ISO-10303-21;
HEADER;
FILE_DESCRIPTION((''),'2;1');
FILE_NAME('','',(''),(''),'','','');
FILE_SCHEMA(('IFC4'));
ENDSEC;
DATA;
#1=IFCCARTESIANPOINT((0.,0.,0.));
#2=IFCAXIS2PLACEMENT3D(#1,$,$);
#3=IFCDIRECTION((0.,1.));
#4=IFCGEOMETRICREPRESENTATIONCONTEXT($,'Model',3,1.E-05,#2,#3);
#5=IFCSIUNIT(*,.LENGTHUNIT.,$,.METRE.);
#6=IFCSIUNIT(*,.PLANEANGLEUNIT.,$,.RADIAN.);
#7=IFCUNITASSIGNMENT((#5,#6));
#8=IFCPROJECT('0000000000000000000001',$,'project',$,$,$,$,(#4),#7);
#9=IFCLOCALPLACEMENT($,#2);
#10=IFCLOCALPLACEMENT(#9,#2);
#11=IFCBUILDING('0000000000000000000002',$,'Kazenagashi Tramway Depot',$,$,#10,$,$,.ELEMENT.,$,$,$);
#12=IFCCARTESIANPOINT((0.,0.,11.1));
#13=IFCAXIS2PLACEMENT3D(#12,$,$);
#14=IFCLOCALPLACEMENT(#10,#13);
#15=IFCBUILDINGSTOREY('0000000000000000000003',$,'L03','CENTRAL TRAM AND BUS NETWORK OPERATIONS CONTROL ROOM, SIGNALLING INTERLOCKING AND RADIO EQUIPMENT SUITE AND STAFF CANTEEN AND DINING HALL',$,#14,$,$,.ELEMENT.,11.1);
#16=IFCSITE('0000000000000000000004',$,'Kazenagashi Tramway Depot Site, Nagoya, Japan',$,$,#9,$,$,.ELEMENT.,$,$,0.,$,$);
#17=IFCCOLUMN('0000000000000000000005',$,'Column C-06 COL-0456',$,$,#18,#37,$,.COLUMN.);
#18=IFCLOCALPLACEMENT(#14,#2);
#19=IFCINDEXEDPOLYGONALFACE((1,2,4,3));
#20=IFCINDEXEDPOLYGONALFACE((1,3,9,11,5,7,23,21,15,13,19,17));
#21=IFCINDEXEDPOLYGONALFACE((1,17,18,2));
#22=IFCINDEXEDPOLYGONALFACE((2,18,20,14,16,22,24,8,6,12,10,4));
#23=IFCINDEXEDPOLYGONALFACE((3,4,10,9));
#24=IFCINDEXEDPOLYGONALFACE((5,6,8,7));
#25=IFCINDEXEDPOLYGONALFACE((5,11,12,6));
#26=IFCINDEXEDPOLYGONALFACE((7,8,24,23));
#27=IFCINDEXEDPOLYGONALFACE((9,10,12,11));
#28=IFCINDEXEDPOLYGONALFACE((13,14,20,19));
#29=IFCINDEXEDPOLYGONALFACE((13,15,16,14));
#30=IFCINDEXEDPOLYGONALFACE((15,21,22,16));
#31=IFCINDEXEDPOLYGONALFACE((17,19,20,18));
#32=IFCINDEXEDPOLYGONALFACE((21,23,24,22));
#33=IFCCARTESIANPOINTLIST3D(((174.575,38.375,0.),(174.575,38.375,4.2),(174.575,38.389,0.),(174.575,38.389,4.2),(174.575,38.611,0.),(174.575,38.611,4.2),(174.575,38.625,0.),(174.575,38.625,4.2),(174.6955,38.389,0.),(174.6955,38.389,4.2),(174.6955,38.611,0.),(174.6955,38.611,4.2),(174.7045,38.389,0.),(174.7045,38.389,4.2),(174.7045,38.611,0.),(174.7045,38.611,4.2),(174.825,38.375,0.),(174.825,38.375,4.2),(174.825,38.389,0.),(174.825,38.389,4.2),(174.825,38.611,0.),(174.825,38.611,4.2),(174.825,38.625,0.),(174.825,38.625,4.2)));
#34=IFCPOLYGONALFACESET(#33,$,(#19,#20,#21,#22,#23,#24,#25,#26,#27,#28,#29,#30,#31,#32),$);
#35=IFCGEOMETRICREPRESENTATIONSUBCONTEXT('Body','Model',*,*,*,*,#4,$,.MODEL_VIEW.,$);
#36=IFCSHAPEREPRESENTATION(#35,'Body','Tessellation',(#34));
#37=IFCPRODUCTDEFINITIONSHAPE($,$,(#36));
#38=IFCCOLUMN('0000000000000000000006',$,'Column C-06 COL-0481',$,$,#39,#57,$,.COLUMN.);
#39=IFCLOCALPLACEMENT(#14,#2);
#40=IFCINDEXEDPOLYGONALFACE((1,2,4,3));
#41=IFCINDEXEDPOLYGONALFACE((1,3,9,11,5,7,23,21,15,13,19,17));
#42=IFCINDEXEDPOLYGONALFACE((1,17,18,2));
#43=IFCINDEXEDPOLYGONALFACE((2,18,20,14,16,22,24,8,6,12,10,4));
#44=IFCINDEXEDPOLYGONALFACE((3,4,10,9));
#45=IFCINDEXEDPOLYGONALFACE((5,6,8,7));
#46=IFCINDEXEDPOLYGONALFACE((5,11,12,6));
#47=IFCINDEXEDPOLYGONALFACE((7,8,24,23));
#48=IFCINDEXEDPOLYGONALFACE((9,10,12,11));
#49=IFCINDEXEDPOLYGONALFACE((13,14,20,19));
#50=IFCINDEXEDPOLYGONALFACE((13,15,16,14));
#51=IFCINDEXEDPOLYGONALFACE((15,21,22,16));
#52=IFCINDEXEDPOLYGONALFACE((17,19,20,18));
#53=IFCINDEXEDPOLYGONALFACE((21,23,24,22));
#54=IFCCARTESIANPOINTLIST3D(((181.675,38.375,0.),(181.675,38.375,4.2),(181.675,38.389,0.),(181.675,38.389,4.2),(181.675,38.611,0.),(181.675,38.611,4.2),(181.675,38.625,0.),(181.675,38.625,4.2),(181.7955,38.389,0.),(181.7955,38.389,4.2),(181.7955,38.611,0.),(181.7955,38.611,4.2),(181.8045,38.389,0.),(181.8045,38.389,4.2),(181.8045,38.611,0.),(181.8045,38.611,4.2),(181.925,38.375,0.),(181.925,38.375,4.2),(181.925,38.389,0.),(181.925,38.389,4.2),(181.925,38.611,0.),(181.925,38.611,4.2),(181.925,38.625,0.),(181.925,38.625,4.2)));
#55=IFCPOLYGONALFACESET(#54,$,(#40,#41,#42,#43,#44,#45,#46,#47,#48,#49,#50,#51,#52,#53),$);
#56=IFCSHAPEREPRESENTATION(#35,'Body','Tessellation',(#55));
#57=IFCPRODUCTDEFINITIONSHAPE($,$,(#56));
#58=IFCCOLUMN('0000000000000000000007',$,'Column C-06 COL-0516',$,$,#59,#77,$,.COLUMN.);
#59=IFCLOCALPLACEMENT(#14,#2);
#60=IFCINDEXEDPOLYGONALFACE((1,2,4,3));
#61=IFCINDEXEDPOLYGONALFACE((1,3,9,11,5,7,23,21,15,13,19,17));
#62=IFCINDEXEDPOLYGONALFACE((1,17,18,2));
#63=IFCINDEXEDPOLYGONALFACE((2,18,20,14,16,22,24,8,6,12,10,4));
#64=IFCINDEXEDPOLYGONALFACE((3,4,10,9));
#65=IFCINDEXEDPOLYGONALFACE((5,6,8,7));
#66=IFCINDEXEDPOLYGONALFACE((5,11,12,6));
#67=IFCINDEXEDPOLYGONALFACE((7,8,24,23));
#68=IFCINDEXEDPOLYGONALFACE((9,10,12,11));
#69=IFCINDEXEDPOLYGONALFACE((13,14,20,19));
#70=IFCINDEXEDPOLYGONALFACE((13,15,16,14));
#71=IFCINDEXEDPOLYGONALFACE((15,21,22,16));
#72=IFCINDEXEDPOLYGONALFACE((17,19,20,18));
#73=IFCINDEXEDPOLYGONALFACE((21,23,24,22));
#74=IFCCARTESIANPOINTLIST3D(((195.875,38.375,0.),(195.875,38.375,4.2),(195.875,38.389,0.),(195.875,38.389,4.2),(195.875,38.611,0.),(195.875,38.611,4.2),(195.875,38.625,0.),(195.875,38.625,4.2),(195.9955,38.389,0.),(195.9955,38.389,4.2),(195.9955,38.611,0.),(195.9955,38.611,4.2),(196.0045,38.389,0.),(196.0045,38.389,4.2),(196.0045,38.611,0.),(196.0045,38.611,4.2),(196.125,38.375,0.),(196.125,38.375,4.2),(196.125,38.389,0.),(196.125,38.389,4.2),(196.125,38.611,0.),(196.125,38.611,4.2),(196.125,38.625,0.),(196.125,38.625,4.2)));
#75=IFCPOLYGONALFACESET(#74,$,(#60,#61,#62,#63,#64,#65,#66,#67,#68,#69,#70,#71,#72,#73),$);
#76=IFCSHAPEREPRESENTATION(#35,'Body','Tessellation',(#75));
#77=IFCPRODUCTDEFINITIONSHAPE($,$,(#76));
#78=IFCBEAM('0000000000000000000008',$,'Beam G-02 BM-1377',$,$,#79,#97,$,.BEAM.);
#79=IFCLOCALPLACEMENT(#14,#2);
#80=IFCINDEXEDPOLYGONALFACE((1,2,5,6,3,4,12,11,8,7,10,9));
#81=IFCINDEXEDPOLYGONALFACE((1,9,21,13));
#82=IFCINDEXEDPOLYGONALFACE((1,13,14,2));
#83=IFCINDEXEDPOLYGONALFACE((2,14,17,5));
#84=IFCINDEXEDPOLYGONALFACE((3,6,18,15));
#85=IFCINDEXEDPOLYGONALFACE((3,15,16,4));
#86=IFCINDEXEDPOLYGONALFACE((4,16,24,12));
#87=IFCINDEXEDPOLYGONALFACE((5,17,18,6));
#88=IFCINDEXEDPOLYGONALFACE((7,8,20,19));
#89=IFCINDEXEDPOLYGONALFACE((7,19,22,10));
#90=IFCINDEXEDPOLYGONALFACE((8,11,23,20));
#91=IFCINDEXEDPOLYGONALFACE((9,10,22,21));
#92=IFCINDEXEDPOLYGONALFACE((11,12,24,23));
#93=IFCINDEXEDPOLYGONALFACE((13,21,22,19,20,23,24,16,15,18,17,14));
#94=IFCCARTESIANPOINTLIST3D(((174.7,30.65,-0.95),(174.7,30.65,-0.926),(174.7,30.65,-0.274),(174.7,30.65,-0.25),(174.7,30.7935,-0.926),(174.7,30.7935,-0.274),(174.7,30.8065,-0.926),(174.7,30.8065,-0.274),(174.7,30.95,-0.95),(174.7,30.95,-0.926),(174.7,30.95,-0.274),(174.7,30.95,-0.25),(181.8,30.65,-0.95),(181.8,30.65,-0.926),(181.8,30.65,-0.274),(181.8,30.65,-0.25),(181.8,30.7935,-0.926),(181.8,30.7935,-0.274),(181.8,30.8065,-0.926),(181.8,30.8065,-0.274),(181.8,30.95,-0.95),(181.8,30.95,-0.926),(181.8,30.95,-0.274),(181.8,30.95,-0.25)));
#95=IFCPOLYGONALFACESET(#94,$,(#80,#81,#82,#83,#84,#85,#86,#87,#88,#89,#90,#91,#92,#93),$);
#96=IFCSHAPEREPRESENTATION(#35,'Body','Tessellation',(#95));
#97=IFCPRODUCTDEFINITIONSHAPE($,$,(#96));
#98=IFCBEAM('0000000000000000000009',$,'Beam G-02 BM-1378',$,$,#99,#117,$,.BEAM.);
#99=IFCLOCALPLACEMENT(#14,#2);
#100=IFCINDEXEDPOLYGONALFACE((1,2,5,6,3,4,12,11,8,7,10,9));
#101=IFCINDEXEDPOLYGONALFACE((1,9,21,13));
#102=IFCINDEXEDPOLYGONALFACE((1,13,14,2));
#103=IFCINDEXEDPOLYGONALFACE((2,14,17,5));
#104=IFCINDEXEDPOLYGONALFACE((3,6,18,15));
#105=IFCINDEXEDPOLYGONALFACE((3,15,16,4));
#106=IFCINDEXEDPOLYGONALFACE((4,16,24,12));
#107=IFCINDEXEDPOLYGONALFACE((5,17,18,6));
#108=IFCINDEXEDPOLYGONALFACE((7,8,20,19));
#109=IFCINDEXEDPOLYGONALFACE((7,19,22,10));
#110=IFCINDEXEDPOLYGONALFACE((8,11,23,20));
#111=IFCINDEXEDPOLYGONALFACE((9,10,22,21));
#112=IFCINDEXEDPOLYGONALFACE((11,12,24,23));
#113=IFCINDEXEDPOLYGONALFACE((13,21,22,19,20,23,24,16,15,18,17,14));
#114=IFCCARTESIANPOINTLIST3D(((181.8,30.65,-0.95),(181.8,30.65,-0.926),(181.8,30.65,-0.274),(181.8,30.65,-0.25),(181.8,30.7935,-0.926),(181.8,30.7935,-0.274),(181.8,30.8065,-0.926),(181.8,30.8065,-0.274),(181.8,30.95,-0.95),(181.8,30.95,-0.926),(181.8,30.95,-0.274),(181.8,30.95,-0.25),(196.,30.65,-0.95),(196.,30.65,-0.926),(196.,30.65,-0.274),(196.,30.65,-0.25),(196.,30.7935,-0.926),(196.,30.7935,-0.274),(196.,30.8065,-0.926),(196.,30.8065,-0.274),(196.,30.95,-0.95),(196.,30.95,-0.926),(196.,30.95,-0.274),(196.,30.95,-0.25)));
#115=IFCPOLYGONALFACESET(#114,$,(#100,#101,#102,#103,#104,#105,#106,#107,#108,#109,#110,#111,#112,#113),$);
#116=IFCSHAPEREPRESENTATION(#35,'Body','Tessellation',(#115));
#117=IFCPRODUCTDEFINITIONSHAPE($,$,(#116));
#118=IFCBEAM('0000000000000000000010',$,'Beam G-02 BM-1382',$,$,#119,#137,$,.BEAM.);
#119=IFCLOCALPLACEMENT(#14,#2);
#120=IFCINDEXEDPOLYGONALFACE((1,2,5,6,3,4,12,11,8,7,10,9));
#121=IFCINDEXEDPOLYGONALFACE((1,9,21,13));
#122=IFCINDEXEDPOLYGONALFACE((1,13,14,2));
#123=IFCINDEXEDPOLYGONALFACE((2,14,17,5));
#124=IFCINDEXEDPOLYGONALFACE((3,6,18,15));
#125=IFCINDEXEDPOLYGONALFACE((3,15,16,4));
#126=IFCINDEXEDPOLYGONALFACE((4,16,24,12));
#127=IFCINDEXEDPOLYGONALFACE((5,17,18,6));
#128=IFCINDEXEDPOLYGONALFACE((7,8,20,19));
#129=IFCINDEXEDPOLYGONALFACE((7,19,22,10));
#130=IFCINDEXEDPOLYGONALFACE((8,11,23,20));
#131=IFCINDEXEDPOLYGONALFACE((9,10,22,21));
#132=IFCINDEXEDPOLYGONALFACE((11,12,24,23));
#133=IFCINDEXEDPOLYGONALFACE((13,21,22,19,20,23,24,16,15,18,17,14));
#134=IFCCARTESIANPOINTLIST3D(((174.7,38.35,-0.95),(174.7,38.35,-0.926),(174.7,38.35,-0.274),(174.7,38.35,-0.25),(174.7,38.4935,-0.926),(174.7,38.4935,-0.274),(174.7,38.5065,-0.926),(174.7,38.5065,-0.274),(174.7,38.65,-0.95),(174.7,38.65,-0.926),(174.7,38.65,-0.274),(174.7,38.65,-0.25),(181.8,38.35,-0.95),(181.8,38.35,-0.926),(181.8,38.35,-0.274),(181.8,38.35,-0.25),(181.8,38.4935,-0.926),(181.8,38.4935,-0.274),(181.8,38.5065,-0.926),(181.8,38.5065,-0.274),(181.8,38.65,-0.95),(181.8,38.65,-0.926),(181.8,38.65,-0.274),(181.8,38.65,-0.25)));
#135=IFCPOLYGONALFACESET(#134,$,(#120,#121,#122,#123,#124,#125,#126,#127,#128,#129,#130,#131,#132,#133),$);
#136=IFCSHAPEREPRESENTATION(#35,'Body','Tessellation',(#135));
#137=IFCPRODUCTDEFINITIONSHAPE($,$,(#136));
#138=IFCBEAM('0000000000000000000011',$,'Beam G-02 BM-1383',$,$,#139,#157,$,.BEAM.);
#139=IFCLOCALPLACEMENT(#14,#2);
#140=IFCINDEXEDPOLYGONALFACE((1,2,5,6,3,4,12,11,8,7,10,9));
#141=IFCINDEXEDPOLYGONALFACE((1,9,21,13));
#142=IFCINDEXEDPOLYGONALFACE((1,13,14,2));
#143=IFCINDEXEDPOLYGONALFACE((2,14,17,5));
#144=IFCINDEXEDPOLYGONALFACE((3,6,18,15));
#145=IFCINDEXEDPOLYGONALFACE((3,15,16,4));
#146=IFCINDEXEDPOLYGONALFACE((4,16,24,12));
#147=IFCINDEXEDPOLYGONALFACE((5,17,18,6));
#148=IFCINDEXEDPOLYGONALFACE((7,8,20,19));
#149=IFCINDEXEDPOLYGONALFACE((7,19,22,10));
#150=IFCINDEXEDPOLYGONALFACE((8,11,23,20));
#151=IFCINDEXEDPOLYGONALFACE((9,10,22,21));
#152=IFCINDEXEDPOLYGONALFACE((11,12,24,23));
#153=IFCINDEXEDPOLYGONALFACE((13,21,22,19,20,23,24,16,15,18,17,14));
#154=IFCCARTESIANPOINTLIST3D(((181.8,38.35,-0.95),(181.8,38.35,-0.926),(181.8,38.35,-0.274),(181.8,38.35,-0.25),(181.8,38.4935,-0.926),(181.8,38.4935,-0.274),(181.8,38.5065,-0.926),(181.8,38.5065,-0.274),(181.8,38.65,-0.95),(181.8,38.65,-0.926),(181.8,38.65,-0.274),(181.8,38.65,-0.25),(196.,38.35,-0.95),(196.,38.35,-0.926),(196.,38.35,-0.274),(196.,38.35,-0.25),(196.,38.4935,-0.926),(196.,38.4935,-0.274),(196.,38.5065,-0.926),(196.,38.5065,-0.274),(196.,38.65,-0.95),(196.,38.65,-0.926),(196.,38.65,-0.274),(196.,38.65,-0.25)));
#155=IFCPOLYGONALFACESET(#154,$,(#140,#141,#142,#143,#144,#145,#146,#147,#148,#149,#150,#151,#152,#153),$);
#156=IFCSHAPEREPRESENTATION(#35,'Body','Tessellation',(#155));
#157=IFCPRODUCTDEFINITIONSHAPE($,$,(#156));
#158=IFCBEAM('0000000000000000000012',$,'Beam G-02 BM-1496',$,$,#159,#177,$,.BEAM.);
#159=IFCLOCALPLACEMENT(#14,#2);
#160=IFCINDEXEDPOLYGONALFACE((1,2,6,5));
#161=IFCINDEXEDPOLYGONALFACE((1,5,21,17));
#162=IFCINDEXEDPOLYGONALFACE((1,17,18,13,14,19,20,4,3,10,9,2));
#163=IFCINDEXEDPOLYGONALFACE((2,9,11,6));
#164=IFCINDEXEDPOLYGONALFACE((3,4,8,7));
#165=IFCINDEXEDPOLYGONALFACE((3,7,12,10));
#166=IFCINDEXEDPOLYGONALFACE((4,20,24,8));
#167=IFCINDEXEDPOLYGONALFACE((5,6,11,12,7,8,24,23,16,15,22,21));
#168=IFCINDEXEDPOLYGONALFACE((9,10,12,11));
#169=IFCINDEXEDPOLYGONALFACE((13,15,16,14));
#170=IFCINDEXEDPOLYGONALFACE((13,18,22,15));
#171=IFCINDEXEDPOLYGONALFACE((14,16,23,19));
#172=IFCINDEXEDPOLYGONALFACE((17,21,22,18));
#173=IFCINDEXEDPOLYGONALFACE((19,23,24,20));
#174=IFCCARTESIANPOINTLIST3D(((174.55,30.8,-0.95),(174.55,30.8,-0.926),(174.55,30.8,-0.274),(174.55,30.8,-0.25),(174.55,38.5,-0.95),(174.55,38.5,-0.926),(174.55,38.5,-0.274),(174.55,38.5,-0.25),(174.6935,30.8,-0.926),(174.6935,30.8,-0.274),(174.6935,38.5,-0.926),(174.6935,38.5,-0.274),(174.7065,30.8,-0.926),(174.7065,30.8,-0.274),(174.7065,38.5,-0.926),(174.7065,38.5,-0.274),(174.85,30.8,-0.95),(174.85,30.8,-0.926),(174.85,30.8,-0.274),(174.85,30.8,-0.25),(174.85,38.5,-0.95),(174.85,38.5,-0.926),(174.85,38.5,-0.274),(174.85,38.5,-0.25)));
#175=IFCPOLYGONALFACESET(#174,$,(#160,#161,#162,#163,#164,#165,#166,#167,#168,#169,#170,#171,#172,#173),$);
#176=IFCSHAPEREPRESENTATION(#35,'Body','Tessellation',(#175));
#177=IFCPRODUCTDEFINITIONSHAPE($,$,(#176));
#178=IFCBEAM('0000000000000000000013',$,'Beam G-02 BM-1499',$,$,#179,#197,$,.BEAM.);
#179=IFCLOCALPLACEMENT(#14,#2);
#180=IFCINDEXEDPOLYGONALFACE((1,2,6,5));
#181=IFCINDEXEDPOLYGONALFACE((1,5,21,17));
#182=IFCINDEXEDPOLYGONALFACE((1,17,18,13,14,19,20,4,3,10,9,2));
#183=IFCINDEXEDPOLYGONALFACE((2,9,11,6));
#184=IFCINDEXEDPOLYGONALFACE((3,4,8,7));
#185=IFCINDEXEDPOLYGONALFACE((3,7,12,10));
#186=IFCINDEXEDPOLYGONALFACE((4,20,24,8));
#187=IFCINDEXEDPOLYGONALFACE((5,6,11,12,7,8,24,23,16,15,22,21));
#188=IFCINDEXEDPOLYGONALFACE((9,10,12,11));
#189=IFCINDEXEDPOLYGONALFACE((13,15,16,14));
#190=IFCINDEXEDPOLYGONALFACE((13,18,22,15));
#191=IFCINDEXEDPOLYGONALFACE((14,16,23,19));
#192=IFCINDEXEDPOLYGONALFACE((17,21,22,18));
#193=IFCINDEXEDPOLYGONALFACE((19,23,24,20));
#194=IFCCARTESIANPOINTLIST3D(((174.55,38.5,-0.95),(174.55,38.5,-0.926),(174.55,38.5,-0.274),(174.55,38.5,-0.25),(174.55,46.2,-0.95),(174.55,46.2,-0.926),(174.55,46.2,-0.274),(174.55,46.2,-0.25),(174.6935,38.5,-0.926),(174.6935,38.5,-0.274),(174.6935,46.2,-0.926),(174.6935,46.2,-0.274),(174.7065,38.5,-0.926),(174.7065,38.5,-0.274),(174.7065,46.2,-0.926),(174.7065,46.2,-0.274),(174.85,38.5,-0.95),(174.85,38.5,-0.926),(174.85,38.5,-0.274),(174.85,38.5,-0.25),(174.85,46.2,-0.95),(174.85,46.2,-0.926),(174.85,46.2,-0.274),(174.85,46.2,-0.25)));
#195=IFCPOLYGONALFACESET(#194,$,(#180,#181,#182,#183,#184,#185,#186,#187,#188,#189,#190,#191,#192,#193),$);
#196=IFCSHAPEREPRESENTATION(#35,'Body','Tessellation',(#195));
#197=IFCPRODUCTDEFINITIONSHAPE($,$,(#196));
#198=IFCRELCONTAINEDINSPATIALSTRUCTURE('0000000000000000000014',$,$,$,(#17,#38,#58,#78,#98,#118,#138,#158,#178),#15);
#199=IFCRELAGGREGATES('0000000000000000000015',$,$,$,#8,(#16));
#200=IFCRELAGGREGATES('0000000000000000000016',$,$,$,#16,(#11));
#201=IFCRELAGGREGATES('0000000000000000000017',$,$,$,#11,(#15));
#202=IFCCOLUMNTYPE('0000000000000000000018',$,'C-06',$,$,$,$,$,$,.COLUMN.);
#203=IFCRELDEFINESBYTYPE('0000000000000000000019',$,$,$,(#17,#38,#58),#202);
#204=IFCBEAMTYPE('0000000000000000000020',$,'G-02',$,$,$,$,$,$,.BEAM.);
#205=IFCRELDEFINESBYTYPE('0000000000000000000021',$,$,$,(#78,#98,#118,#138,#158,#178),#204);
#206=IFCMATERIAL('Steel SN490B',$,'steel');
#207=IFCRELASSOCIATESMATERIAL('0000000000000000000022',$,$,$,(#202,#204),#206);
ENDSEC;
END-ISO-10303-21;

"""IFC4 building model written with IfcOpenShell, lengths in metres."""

from ifc_helpers import new_model, si_unit, direction, frame, origin, origin_2d, place, context, subcontext, project, spatial, i_section, extrude, material, material_profile, profile_set, type_object, element, save


model = new_model("IFC4")

# Units and contexts
model_context = context("Model", 3, precision=1e-05, world=origin(), true_north=direction((0.0, 1.0)))
body_context = subcontext(model_context, "Body", "Model", "MODEL_VIEW")
ifc_project = project(units=[si_unit("LENGTHUNIT", "METRE"), si_unit("PLANEANGLEUNIT", "RADIAN")], contexts=[model_context])

# Site, building, storey
site_placement = place(None, origin())
site = spatial("IfcSite", under=ifc_project, at=site_placement, Name="Kazenagashi Tramway Depot Site, Nagoya, Japan", CompositionType="ELEMENT", RefElevation=0.0)
building_placement = place(site_placement, origin())
building = spatial("IfcBuilding", under=site, at=building_placement, Name="Kazenagashi Tramway Depot", CompositionType="ELEMENT")
storey_placement = place(building_placement, frame((0.0, 0.0, 11.1)))
storey = spatial("IfcBuildingStorey", under=building, at=storey_placement, Name="L03", Description="CENTRAL TRAM AND BUS NETWORK OPERATIONS CONTROL ROOM, SIGNALLING INTERLOCKING AND RADIO EQUIPMENT SUITE AND STAFF CANTEEN AND DINING HALL", CompositionType="ELEMENT", Elevation=11.1)

# Columns
ifc_material_1 = material(Name="Steel SN490B", Category="steel")
ifc_material_profile_1 = material_profile(ifc_material_1, i_section(OverallWidth=0.25, OverallDepth=0.25, WebThickness=0.009, FlangeThickness=0.014, at=origin_2d()), Name="H-250x250x9x14")
ifc_profile_set_1 = profile_set([ifc_material_profile_1], Name="Steel SN490B")
column_type = type_object("IfcColumnType", Name="C-06", PredefinedType="COLUMN", material=ifc_profile_set_1)
for number, where, z_axis, x_axis, name in (
    (1, (174.7, 38.5, 0.0), (0.0, 0.0, 1.0), (1.0, 0.0, 0.0), "Column C-06 COL-0456"),
    (2, (181.8, 38.5, 0.0), (0.0, 0.0, 1.0), (1.0, 0.0, 0.0), "Column C-06 COL-0481"),
    (3, (196.0, 38.5, 0.0), (0.0, 0.0, 1.0), (1.0, 0.0, 0.0), "Column C-06 COL-0516"),
):
    element("IfcColumn", number, at=place(storey_placement, frame(where, z_axis=z_axis, x_axis=x_axis)), inside=storey, type_object=column_type, Name=name, PredefinedType="COLUMN", context=body_context, shape_type="SweptSolid", body=[
        extrude(i_section(OverallWidth=0.25, OverallDepth=0.25, WebThickness=0.009, FlangeThickness=0.014, at=origin_2d()), origin(), (0.0, 0.0, 1.0), 4.2),
    ])

# Beams
ifc_material_profile_2 = material_profile(ifc_material_1, i_section(OverallWidth=0.3, OverallDepth=0.7, WebThickness=0.013, FlangeThickness=0.024, at=origin_2d()), Name="H-700x300x13x24")
ifc_profile_set_2 = profile_set([ifc_material_profile_2], Name="Steel SN490B")
beam_type_1 = type_object("IfcBeamType", Name="G-02", PredefinedType="BEAM", material=ifc_profile_set_2)
beam_1_placement = place(storey_placement, frame((174.7, 30.8, -0.6), z_axis=(1.0, 0.0, 0.0), x_axis=(0.0, 1.0, 0.0)))
element("IfcBeam", 4, at=beam_1_placement, inside=storey, type_object=beam_type_1, Name="Beam G-02 BM-1377", PredefinedType="BEAM", context=body_context, shape_type="SweptSolid", body=[
    extrude(i_section(OverallWidth=0.3, OverallDepth=0.7, WebThickness=0.013, FlangeThickness=0.024, at=origin_2d()), origin(), (0.0, 0.0, 1.0), 7.1),
])
beam_2_placement = place(storey_placement, frame((181.8, 30.8, -0.6), z_axis=(1.0, 0.0, 0.0), x_axis=(0.0, 1.0, 0.0)))
element("IfcBeam", 5, at=beam_2_placement, inside=storey, type_object=beam_type_1, Name="Beam G-02 BM-1378", PredefinedType="BEAM", context=body_context, shape_type="SweptSolid", body=[
    extrude(i_section(OverallWidth=0.3, OverallDepth=0.7, WebThickness=0.013, FlangeThickness=0.024, at=origin_2d()), origin(), (0.0, 0.0, 1.0), 14.2),
])
beam_3_placement = place(storey_placement, frame((174.7, 38.5, -0.6), z_axis=(1.0, 0.0, 0.0), x_axis=(0.0, 1.0, 0.0)))
element("IfcBeam", 6, at=beam_3_placement, inside=storey, type_object=beam_type_1, Name="Beam G-02 BM-1382", PredefinedType="BEAM", context=body_context, shape_type="SweptSolid", body=[
    extrude(i_section(OverallWidth=0.3, OverallDepth=0.7, WebThickness=0.013, FlangeThickness=0.024, at=origin_2d()), origin(), (0.0, 0.0, 1.0), 7.1),
])
beam_4_placement = place(storey_placement, frame((181.8, 38.5, -0.6), z_axis=(1.0, 0.0, 0.0), x_axis=(0.0, 1.0, 0.0)))
element("IfcBeam", 7, at=beam_4_placement, inside=storey, type_object=beam_type_1, Name="Beam G-02 BM-1383", PredefinedType="BEAM", context=body_context, shape_type="SweptSolid", body=[
    extrude(i_section(OverallWidth=0.3, OverallDepth=0.7, WebThickness=0.013, FlangeThickness=0.024, at=origin_2d()), origin(), (0.0, 0.0, 1.0), 14.2),
])
for number, where, z_axis, x_axis, name in (
    (8, (174.7, 30.8, -0.6), (0.0, 1.0, 0.0), (-1.0, 0.0, 0.0), "Beam G-02 BM-1496"),
    (9, (174.7, 38.5, -0.6), (0.0, 1.0, 0.0), (-1.0, 0.0, 0.0), "Beam G-02 BM-1499"),
):
    element("IfcBeam", number, at=place(storey_placement, frame(where, z_axis=z_axis, x_axis=x_axis)), inside=storey, type_object=beam_type_1, Name=name, PredefinedType="BEAM", context=body_context, shape_type="SweptSolid", body=[
        extrude(i_section(OverallWidth=0.3, OverallDepth=0.7, WebThickness=0.013, FlangeThickness=0.024, at=origin_2d()), origin(), (0.0, 0.0, 1.0), 7.7),
    ])

save(model, "model.ifc")
